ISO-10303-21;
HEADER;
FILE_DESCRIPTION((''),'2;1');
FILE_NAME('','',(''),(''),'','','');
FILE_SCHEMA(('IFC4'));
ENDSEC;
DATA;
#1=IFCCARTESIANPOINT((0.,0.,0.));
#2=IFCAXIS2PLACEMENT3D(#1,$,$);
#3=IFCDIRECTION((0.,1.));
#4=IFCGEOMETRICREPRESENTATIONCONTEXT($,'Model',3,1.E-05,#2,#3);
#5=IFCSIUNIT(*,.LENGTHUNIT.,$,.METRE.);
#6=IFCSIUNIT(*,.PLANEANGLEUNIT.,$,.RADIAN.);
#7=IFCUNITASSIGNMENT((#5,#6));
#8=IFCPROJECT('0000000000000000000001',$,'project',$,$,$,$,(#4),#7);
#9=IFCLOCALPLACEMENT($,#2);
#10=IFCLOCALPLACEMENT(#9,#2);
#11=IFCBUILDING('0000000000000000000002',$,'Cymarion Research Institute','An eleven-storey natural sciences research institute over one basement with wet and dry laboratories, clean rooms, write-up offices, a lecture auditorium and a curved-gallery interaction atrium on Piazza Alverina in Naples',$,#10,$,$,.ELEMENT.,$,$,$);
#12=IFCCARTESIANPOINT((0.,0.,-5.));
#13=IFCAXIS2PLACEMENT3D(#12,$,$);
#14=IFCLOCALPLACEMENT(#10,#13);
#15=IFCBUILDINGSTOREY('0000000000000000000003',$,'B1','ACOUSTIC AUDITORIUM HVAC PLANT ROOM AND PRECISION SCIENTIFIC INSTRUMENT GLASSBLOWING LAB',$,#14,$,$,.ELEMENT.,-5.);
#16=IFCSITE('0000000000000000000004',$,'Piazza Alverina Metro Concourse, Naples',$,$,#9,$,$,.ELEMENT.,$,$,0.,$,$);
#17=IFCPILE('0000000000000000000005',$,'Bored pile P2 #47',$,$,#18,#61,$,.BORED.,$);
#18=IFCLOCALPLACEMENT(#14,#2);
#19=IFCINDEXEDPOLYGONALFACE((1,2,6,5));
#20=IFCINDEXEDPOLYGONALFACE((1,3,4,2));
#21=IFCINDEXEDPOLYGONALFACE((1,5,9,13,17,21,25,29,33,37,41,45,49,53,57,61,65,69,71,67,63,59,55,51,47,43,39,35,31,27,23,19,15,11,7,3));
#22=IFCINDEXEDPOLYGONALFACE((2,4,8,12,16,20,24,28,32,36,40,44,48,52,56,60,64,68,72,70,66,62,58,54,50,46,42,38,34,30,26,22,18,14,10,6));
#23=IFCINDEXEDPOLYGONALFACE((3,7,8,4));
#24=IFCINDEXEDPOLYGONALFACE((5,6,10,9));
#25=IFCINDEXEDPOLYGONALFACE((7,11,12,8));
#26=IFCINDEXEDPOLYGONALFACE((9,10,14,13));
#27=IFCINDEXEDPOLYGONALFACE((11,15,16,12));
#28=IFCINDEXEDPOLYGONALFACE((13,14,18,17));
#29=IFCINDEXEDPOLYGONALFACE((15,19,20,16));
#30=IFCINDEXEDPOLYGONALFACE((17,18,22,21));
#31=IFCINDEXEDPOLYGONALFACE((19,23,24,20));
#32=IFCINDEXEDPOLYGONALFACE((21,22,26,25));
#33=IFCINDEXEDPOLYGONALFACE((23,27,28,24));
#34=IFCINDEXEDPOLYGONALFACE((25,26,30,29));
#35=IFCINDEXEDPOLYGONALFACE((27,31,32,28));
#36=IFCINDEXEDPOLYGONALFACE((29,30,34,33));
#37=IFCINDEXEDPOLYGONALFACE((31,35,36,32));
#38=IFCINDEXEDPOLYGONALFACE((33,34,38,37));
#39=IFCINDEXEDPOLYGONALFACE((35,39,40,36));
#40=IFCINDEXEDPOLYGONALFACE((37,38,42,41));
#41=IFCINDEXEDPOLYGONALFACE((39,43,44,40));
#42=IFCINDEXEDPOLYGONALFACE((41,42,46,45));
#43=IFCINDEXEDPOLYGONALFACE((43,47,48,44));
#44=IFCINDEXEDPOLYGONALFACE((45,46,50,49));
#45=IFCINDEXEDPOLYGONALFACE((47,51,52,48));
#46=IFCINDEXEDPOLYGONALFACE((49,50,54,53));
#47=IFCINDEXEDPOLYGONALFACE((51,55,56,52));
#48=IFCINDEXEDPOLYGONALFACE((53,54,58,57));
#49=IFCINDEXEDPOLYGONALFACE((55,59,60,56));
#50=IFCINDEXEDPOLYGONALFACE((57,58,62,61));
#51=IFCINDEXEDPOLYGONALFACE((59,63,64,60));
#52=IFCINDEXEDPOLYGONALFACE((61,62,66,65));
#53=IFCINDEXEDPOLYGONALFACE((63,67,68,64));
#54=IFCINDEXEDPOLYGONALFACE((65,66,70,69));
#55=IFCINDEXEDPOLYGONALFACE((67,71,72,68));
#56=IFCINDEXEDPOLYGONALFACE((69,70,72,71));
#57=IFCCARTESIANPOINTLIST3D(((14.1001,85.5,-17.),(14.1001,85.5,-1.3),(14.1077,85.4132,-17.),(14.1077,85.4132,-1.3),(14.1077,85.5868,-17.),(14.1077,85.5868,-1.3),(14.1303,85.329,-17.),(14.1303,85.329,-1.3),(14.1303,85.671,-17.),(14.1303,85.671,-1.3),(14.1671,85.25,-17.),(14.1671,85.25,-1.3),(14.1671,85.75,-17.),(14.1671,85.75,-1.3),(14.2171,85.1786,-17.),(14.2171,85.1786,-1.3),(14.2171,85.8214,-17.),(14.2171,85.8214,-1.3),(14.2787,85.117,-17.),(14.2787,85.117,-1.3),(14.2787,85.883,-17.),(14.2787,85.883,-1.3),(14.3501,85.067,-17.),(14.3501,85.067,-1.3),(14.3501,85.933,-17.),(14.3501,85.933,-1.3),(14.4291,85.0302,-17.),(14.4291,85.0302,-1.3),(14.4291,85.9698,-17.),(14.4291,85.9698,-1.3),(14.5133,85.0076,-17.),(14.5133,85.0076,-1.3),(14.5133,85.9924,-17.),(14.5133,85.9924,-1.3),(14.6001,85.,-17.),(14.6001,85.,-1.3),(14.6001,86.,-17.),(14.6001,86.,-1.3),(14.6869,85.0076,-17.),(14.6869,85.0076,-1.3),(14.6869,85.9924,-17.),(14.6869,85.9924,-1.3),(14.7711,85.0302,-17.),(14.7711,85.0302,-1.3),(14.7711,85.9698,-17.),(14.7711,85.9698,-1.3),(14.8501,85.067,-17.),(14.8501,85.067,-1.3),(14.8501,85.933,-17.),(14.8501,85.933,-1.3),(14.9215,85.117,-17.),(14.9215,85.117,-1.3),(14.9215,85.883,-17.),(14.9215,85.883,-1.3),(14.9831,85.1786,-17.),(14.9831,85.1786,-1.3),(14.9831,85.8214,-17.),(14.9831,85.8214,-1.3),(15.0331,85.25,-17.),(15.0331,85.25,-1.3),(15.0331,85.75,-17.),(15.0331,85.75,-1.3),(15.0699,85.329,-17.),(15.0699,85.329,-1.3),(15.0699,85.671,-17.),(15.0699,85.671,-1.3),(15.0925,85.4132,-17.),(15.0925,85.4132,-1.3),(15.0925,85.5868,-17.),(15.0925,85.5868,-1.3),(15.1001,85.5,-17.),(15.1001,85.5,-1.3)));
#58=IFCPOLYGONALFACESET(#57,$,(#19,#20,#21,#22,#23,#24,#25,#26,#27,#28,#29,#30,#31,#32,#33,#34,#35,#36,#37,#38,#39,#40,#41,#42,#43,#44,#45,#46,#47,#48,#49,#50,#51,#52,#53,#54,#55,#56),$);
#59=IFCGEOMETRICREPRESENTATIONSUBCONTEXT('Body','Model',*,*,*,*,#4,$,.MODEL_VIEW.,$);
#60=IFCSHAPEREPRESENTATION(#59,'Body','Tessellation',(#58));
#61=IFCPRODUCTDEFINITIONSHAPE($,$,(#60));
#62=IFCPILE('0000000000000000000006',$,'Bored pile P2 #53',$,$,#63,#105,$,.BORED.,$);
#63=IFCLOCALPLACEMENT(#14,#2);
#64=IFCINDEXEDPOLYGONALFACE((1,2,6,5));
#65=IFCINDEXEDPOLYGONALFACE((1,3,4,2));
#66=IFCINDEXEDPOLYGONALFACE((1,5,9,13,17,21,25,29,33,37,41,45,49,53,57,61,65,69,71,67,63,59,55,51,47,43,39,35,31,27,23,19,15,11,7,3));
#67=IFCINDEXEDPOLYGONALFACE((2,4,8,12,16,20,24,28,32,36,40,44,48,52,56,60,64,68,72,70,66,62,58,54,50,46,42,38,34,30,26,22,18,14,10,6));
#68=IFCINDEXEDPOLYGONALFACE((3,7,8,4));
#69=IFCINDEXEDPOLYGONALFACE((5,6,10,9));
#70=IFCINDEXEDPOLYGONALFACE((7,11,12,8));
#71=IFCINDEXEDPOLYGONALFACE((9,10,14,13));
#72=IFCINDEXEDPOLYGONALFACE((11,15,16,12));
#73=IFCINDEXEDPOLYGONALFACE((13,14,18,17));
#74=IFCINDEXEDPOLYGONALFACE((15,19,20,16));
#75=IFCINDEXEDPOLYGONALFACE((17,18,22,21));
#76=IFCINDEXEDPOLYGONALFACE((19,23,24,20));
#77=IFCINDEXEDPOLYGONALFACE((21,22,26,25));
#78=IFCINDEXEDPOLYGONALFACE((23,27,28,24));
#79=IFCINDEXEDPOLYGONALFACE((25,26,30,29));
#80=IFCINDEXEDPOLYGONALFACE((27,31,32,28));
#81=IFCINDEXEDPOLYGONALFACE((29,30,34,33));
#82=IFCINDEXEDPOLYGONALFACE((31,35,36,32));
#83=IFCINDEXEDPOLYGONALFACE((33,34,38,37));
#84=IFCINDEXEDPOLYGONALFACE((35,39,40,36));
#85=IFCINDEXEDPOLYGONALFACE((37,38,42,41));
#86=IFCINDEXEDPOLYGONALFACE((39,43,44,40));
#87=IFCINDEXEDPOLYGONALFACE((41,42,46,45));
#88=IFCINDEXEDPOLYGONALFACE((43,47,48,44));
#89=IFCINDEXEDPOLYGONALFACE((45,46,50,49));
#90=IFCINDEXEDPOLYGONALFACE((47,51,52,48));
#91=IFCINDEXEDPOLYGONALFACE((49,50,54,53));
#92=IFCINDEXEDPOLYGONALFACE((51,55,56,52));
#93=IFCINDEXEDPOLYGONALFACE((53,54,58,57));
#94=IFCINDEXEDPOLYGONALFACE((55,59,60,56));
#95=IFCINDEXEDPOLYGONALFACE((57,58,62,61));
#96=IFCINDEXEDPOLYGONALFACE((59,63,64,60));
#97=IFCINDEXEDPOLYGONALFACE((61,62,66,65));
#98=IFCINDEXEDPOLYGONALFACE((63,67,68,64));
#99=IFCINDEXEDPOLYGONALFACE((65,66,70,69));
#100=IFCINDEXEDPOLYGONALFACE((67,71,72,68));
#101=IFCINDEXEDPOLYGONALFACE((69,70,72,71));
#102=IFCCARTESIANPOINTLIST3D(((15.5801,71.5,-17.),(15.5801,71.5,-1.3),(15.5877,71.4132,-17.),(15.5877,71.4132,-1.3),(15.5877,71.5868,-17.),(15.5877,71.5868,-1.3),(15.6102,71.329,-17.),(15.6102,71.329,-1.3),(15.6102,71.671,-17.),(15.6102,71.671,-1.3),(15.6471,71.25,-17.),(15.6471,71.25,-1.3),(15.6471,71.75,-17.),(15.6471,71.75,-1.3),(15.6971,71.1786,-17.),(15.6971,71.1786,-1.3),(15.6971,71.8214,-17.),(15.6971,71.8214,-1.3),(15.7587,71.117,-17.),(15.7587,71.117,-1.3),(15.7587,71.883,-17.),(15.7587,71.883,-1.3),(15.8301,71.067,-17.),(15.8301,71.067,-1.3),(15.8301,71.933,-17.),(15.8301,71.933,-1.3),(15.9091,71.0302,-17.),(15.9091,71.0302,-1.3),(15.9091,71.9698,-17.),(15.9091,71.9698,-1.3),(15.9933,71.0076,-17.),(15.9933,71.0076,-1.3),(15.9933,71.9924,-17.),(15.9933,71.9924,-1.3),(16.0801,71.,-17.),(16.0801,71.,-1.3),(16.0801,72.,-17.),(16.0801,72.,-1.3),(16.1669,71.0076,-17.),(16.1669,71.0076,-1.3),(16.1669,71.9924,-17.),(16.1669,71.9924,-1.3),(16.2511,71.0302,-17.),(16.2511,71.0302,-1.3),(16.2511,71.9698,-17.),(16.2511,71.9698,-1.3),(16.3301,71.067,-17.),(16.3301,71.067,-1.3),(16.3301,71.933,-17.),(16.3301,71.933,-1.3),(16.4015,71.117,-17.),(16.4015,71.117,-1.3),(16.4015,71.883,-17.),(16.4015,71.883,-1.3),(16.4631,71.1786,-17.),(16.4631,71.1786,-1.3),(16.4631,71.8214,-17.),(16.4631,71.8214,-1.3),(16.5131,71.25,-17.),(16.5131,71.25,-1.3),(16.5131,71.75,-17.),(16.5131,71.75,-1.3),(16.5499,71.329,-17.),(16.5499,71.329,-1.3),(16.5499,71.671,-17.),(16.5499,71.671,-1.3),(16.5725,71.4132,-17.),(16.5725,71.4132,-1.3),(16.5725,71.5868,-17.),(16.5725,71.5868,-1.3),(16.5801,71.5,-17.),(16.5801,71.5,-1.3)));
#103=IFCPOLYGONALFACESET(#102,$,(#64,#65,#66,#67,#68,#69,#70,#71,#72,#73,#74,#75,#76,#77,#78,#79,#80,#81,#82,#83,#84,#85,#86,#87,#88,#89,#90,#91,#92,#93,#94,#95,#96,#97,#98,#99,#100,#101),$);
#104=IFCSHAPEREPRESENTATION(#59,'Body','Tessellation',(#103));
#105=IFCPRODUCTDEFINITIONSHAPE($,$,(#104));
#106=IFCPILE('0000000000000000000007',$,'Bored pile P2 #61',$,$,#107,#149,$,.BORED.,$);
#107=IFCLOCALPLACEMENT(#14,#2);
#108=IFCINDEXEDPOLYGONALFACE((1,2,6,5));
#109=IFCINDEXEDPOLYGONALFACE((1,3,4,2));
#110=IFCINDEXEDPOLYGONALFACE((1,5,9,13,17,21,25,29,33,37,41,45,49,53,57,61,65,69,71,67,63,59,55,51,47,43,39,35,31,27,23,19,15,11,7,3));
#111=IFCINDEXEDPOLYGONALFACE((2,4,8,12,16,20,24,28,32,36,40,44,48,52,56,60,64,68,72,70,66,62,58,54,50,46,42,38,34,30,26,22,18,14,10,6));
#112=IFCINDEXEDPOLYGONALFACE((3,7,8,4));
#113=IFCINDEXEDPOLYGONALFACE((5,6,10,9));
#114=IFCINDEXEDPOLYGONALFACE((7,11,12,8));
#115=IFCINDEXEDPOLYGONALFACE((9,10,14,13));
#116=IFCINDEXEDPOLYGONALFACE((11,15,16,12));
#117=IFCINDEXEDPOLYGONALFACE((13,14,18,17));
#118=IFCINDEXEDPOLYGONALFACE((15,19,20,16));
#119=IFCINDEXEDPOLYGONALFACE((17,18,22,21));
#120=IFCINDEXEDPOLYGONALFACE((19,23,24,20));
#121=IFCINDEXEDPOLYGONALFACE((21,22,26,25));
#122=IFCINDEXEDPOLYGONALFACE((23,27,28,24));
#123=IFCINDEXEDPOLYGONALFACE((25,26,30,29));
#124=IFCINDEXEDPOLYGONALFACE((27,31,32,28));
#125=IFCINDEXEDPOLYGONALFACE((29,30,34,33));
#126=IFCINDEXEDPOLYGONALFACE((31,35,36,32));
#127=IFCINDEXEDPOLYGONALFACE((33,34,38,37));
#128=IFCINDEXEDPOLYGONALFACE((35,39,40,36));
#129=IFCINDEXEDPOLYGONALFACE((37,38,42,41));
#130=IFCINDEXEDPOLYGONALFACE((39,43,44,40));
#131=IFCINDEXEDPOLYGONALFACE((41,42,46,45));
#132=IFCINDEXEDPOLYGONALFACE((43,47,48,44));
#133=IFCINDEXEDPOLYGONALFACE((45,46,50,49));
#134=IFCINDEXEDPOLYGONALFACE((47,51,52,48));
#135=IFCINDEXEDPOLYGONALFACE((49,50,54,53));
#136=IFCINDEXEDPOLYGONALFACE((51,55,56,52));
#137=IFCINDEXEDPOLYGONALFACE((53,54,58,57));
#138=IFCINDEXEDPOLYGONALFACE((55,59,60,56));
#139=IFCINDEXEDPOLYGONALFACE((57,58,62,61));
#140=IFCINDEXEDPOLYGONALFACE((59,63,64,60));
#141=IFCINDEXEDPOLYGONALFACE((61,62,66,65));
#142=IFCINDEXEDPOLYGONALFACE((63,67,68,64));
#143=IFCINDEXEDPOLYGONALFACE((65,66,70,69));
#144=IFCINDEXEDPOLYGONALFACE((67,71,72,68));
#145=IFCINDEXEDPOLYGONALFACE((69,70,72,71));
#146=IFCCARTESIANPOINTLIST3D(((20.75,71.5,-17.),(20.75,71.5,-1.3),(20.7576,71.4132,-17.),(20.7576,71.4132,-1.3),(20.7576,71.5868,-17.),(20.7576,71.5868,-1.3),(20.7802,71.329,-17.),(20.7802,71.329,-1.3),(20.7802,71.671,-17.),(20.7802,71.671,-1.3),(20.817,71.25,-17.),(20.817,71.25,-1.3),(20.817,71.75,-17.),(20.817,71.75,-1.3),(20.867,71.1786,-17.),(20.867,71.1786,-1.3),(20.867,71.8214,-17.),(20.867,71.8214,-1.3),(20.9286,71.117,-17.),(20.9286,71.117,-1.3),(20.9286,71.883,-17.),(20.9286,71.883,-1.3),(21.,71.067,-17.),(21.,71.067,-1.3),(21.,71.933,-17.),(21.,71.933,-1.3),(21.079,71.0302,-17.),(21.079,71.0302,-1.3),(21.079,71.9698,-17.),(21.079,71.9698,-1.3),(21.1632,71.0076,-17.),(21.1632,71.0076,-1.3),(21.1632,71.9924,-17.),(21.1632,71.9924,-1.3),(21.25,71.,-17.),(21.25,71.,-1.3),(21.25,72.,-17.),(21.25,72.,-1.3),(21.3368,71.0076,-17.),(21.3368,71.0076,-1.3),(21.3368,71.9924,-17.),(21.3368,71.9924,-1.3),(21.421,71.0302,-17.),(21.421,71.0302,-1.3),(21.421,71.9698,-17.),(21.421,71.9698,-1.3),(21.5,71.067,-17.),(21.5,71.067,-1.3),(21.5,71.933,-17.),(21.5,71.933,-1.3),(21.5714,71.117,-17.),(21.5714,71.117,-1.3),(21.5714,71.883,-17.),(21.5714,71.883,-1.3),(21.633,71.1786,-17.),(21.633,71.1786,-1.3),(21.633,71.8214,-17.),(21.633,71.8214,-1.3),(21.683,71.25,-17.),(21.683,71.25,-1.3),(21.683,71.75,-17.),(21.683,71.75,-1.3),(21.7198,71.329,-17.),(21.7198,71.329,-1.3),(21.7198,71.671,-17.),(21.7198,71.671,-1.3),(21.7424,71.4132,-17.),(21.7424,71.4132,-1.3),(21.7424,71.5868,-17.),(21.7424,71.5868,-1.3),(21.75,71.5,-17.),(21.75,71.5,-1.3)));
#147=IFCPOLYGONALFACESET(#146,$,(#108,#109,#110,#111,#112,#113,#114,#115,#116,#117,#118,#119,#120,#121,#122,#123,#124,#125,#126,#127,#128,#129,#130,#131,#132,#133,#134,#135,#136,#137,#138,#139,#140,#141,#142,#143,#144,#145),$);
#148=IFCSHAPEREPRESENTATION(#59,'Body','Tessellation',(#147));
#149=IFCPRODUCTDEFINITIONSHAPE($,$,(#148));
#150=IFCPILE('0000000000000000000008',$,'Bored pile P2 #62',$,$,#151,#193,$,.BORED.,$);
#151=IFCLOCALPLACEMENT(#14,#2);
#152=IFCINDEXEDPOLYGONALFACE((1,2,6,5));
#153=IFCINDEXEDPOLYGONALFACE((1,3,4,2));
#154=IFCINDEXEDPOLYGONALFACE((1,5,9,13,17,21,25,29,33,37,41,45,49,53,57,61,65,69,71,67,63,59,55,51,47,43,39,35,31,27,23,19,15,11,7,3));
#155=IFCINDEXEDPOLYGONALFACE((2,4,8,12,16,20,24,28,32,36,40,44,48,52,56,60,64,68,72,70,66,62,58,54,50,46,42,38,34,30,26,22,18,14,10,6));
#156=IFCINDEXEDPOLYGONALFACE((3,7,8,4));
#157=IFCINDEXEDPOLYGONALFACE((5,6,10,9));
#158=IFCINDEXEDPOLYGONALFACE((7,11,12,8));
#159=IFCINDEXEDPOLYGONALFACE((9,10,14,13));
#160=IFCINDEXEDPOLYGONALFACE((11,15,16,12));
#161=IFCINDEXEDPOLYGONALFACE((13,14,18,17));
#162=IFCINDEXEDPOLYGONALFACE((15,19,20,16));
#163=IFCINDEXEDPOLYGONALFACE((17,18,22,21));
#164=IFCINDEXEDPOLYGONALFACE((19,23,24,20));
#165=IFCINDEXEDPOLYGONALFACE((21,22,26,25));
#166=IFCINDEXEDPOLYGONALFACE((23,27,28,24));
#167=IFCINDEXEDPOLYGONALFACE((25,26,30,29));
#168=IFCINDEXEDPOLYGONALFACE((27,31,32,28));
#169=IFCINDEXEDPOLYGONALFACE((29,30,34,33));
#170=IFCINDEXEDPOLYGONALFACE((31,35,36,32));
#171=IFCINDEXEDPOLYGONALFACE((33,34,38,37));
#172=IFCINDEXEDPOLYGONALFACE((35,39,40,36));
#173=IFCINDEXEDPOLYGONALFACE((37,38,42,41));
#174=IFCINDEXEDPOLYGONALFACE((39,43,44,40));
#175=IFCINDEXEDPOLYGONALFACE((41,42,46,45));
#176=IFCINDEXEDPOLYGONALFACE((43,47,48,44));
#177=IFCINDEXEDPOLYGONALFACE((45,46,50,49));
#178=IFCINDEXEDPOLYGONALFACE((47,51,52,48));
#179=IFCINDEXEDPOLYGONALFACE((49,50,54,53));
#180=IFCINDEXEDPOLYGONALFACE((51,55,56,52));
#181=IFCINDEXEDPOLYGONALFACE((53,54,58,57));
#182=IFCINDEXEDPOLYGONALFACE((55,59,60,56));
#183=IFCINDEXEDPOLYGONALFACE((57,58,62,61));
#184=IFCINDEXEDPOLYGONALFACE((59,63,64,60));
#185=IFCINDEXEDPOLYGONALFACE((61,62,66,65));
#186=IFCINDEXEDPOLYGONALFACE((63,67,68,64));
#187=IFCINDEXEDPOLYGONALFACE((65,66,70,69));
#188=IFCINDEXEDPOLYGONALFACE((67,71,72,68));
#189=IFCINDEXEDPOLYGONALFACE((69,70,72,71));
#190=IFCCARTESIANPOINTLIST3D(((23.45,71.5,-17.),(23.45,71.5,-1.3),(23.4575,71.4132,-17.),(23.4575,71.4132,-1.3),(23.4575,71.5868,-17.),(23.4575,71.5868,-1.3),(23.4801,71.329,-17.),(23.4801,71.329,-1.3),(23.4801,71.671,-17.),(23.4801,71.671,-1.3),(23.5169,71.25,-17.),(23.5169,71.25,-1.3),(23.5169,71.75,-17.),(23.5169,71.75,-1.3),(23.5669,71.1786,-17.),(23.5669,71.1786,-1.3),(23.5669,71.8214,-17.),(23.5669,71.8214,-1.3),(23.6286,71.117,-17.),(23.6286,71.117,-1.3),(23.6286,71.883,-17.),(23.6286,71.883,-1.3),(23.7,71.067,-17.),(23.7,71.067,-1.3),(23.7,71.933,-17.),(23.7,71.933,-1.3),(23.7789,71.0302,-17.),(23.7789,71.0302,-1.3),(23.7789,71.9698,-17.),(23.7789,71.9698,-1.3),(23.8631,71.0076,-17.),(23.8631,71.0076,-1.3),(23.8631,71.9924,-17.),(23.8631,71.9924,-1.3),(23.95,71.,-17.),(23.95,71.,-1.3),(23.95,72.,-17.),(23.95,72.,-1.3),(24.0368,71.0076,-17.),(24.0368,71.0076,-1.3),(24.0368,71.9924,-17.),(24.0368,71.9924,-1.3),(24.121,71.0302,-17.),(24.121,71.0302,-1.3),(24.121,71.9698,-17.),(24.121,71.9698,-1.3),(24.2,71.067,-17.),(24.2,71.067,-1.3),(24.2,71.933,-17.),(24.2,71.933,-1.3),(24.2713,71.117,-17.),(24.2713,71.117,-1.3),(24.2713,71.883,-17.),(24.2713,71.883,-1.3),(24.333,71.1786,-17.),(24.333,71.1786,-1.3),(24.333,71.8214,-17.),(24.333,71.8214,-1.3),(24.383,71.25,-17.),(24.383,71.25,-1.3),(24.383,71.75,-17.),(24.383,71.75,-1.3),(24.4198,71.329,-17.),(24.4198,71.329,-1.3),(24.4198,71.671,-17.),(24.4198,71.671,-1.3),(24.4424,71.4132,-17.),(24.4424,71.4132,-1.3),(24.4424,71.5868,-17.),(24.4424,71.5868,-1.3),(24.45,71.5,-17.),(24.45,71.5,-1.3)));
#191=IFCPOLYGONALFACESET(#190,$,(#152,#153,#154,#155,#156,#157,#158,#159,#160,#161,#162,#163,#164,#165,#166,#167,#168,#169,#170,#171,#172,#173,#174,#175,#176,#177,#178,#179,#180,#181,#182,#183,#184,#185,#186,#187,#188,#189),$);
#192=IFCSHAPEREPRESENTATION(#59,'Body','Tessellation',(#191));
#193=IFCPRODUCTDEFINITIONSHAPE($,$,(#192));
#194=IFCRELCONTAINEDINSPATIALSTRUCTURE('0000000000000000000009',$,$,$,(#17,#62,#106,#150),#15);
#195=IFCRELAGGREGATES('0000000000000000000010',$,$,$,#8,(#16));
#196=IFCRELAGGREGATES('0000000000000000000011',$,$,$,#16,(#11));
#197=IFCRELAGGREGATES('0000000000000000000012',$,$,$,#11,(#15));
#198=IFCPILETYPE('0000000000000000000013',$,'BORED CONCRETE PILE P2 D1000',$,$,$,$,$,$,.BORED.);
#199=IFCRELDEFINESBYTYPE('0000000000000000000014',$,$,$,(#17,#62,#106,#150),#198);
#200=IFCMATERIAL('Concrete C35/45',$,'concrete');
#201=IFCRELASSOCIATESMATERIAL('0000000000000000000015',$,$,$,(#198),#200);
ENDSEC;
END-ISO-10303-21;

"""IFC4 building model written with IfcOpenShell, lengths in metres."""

from ifc_helpers import new_model, si_unit, direction, frame, origin, origin_2d, place, context, subcontext, project, spatial, circle, extrude, material, material_profile, profile_set, type_object, element, save


model = new_model("IFC4")

# Units and contexts
model_context = context("Model", 3, precision=1e-05, world=origin(), true_north=direction((0.0, 1.0)))
body_context = subcontext(model_context, "Body", "Model", "MODEL_VIEW")
ifc_project = project(units=[si_unit("LENGTHUNIT", "METRE"), si_unit("PLANEANGLEUNIT", "RADIAN")], contexts=[model_context])

# Site, building, storey
site_placement = place(None, origin())
site = spatial("IfcSite", under=ifc_project, at=site_placement, Name="Piazza Alverina Metro Concourse, Naples", CompositionType="ELEMENT", RefElevation=0.0)
building_placement = place(site_placement, origin())
building = spatial("IfcBuilding", under=site, at=building_placement, Name="Cymarion Research Institute", Description="An eleven-storey natural sciences research institute over one basement with wet and dry laboratories, clean rooms, write-up offices, a lecture auditorium and a curved-gallery interaction atrium on Piazza Alverina in Naples", CompositionType="ELEMENT")
storey_placement = place(building_placement, frame((0.0, 0.0, -5.0)))
storey = spatial("IfcBuildingStorey", under=building, at=storey_placement, Name="B1", Description="ACOUSTIC AUDITORIUM HVAC PLANT ROOM AND PRECISION SCIENTIFIC INSTRUMENT GLASSBLOWING LAB", CompositionType="ELEMENT", Elevation=-5.0)

# Piles
ifc_material_1 = material(Name="Concrete C35/45", Category="concrete")
ifc_material_profile_1 = material_profile(ifc_material_1, circle(Radius=0.5, at=origin_2d()), Name="BORED PILE D1000")
ifc_profile_set_1 = profile_set([ifc_material_profile_1], Name="Concrete C35/45")
pile_type = type_object("IfcPileType", Name="BORED CONCRETE PILE P2 D1000", PredefinedType="BORED", material=ifc_profile_set_1)
for number, where, z_axis, x_axis, name in (
    (1, (14.6001, 85.5, -1.3), (0.0, 0.0, -1.0), (1.0, 0.0, 0.0), "Bored pile P2 #47"),
    (2, (16.0801, 71.5, -1.3), (0.0, 0.0, -1.0), (1.0, 0.0, 0.0), "Bored pile P2 #53"),
    (3, (21.25, 71.5, -1.3), (0.0, 0.0, -1.0), (1.0, 0.0, 0.0), "Bored pile P2 #61"),
    (4, (23.95, 71.5, -1.3), (0.0, 0.0, -1.0), (1.0, 0.0, 0.0), "Bored pile P2 #62"),
):
    element("IfcPile", number, at=place(storey_placement, frame(where, z_axis=z_axis, x_axis=x_axis)), inside=storey, type_object=pile_type, Name=name, PredefinedType="BORED", context=body_context, shape_type="SweptSolid", body=[
        extrude(circle(Radius=0.5, at=origin_2d()), origin(), (0.0, 0.0, 1.0), 15.7),
    ])

save(model, "model.ifc")
